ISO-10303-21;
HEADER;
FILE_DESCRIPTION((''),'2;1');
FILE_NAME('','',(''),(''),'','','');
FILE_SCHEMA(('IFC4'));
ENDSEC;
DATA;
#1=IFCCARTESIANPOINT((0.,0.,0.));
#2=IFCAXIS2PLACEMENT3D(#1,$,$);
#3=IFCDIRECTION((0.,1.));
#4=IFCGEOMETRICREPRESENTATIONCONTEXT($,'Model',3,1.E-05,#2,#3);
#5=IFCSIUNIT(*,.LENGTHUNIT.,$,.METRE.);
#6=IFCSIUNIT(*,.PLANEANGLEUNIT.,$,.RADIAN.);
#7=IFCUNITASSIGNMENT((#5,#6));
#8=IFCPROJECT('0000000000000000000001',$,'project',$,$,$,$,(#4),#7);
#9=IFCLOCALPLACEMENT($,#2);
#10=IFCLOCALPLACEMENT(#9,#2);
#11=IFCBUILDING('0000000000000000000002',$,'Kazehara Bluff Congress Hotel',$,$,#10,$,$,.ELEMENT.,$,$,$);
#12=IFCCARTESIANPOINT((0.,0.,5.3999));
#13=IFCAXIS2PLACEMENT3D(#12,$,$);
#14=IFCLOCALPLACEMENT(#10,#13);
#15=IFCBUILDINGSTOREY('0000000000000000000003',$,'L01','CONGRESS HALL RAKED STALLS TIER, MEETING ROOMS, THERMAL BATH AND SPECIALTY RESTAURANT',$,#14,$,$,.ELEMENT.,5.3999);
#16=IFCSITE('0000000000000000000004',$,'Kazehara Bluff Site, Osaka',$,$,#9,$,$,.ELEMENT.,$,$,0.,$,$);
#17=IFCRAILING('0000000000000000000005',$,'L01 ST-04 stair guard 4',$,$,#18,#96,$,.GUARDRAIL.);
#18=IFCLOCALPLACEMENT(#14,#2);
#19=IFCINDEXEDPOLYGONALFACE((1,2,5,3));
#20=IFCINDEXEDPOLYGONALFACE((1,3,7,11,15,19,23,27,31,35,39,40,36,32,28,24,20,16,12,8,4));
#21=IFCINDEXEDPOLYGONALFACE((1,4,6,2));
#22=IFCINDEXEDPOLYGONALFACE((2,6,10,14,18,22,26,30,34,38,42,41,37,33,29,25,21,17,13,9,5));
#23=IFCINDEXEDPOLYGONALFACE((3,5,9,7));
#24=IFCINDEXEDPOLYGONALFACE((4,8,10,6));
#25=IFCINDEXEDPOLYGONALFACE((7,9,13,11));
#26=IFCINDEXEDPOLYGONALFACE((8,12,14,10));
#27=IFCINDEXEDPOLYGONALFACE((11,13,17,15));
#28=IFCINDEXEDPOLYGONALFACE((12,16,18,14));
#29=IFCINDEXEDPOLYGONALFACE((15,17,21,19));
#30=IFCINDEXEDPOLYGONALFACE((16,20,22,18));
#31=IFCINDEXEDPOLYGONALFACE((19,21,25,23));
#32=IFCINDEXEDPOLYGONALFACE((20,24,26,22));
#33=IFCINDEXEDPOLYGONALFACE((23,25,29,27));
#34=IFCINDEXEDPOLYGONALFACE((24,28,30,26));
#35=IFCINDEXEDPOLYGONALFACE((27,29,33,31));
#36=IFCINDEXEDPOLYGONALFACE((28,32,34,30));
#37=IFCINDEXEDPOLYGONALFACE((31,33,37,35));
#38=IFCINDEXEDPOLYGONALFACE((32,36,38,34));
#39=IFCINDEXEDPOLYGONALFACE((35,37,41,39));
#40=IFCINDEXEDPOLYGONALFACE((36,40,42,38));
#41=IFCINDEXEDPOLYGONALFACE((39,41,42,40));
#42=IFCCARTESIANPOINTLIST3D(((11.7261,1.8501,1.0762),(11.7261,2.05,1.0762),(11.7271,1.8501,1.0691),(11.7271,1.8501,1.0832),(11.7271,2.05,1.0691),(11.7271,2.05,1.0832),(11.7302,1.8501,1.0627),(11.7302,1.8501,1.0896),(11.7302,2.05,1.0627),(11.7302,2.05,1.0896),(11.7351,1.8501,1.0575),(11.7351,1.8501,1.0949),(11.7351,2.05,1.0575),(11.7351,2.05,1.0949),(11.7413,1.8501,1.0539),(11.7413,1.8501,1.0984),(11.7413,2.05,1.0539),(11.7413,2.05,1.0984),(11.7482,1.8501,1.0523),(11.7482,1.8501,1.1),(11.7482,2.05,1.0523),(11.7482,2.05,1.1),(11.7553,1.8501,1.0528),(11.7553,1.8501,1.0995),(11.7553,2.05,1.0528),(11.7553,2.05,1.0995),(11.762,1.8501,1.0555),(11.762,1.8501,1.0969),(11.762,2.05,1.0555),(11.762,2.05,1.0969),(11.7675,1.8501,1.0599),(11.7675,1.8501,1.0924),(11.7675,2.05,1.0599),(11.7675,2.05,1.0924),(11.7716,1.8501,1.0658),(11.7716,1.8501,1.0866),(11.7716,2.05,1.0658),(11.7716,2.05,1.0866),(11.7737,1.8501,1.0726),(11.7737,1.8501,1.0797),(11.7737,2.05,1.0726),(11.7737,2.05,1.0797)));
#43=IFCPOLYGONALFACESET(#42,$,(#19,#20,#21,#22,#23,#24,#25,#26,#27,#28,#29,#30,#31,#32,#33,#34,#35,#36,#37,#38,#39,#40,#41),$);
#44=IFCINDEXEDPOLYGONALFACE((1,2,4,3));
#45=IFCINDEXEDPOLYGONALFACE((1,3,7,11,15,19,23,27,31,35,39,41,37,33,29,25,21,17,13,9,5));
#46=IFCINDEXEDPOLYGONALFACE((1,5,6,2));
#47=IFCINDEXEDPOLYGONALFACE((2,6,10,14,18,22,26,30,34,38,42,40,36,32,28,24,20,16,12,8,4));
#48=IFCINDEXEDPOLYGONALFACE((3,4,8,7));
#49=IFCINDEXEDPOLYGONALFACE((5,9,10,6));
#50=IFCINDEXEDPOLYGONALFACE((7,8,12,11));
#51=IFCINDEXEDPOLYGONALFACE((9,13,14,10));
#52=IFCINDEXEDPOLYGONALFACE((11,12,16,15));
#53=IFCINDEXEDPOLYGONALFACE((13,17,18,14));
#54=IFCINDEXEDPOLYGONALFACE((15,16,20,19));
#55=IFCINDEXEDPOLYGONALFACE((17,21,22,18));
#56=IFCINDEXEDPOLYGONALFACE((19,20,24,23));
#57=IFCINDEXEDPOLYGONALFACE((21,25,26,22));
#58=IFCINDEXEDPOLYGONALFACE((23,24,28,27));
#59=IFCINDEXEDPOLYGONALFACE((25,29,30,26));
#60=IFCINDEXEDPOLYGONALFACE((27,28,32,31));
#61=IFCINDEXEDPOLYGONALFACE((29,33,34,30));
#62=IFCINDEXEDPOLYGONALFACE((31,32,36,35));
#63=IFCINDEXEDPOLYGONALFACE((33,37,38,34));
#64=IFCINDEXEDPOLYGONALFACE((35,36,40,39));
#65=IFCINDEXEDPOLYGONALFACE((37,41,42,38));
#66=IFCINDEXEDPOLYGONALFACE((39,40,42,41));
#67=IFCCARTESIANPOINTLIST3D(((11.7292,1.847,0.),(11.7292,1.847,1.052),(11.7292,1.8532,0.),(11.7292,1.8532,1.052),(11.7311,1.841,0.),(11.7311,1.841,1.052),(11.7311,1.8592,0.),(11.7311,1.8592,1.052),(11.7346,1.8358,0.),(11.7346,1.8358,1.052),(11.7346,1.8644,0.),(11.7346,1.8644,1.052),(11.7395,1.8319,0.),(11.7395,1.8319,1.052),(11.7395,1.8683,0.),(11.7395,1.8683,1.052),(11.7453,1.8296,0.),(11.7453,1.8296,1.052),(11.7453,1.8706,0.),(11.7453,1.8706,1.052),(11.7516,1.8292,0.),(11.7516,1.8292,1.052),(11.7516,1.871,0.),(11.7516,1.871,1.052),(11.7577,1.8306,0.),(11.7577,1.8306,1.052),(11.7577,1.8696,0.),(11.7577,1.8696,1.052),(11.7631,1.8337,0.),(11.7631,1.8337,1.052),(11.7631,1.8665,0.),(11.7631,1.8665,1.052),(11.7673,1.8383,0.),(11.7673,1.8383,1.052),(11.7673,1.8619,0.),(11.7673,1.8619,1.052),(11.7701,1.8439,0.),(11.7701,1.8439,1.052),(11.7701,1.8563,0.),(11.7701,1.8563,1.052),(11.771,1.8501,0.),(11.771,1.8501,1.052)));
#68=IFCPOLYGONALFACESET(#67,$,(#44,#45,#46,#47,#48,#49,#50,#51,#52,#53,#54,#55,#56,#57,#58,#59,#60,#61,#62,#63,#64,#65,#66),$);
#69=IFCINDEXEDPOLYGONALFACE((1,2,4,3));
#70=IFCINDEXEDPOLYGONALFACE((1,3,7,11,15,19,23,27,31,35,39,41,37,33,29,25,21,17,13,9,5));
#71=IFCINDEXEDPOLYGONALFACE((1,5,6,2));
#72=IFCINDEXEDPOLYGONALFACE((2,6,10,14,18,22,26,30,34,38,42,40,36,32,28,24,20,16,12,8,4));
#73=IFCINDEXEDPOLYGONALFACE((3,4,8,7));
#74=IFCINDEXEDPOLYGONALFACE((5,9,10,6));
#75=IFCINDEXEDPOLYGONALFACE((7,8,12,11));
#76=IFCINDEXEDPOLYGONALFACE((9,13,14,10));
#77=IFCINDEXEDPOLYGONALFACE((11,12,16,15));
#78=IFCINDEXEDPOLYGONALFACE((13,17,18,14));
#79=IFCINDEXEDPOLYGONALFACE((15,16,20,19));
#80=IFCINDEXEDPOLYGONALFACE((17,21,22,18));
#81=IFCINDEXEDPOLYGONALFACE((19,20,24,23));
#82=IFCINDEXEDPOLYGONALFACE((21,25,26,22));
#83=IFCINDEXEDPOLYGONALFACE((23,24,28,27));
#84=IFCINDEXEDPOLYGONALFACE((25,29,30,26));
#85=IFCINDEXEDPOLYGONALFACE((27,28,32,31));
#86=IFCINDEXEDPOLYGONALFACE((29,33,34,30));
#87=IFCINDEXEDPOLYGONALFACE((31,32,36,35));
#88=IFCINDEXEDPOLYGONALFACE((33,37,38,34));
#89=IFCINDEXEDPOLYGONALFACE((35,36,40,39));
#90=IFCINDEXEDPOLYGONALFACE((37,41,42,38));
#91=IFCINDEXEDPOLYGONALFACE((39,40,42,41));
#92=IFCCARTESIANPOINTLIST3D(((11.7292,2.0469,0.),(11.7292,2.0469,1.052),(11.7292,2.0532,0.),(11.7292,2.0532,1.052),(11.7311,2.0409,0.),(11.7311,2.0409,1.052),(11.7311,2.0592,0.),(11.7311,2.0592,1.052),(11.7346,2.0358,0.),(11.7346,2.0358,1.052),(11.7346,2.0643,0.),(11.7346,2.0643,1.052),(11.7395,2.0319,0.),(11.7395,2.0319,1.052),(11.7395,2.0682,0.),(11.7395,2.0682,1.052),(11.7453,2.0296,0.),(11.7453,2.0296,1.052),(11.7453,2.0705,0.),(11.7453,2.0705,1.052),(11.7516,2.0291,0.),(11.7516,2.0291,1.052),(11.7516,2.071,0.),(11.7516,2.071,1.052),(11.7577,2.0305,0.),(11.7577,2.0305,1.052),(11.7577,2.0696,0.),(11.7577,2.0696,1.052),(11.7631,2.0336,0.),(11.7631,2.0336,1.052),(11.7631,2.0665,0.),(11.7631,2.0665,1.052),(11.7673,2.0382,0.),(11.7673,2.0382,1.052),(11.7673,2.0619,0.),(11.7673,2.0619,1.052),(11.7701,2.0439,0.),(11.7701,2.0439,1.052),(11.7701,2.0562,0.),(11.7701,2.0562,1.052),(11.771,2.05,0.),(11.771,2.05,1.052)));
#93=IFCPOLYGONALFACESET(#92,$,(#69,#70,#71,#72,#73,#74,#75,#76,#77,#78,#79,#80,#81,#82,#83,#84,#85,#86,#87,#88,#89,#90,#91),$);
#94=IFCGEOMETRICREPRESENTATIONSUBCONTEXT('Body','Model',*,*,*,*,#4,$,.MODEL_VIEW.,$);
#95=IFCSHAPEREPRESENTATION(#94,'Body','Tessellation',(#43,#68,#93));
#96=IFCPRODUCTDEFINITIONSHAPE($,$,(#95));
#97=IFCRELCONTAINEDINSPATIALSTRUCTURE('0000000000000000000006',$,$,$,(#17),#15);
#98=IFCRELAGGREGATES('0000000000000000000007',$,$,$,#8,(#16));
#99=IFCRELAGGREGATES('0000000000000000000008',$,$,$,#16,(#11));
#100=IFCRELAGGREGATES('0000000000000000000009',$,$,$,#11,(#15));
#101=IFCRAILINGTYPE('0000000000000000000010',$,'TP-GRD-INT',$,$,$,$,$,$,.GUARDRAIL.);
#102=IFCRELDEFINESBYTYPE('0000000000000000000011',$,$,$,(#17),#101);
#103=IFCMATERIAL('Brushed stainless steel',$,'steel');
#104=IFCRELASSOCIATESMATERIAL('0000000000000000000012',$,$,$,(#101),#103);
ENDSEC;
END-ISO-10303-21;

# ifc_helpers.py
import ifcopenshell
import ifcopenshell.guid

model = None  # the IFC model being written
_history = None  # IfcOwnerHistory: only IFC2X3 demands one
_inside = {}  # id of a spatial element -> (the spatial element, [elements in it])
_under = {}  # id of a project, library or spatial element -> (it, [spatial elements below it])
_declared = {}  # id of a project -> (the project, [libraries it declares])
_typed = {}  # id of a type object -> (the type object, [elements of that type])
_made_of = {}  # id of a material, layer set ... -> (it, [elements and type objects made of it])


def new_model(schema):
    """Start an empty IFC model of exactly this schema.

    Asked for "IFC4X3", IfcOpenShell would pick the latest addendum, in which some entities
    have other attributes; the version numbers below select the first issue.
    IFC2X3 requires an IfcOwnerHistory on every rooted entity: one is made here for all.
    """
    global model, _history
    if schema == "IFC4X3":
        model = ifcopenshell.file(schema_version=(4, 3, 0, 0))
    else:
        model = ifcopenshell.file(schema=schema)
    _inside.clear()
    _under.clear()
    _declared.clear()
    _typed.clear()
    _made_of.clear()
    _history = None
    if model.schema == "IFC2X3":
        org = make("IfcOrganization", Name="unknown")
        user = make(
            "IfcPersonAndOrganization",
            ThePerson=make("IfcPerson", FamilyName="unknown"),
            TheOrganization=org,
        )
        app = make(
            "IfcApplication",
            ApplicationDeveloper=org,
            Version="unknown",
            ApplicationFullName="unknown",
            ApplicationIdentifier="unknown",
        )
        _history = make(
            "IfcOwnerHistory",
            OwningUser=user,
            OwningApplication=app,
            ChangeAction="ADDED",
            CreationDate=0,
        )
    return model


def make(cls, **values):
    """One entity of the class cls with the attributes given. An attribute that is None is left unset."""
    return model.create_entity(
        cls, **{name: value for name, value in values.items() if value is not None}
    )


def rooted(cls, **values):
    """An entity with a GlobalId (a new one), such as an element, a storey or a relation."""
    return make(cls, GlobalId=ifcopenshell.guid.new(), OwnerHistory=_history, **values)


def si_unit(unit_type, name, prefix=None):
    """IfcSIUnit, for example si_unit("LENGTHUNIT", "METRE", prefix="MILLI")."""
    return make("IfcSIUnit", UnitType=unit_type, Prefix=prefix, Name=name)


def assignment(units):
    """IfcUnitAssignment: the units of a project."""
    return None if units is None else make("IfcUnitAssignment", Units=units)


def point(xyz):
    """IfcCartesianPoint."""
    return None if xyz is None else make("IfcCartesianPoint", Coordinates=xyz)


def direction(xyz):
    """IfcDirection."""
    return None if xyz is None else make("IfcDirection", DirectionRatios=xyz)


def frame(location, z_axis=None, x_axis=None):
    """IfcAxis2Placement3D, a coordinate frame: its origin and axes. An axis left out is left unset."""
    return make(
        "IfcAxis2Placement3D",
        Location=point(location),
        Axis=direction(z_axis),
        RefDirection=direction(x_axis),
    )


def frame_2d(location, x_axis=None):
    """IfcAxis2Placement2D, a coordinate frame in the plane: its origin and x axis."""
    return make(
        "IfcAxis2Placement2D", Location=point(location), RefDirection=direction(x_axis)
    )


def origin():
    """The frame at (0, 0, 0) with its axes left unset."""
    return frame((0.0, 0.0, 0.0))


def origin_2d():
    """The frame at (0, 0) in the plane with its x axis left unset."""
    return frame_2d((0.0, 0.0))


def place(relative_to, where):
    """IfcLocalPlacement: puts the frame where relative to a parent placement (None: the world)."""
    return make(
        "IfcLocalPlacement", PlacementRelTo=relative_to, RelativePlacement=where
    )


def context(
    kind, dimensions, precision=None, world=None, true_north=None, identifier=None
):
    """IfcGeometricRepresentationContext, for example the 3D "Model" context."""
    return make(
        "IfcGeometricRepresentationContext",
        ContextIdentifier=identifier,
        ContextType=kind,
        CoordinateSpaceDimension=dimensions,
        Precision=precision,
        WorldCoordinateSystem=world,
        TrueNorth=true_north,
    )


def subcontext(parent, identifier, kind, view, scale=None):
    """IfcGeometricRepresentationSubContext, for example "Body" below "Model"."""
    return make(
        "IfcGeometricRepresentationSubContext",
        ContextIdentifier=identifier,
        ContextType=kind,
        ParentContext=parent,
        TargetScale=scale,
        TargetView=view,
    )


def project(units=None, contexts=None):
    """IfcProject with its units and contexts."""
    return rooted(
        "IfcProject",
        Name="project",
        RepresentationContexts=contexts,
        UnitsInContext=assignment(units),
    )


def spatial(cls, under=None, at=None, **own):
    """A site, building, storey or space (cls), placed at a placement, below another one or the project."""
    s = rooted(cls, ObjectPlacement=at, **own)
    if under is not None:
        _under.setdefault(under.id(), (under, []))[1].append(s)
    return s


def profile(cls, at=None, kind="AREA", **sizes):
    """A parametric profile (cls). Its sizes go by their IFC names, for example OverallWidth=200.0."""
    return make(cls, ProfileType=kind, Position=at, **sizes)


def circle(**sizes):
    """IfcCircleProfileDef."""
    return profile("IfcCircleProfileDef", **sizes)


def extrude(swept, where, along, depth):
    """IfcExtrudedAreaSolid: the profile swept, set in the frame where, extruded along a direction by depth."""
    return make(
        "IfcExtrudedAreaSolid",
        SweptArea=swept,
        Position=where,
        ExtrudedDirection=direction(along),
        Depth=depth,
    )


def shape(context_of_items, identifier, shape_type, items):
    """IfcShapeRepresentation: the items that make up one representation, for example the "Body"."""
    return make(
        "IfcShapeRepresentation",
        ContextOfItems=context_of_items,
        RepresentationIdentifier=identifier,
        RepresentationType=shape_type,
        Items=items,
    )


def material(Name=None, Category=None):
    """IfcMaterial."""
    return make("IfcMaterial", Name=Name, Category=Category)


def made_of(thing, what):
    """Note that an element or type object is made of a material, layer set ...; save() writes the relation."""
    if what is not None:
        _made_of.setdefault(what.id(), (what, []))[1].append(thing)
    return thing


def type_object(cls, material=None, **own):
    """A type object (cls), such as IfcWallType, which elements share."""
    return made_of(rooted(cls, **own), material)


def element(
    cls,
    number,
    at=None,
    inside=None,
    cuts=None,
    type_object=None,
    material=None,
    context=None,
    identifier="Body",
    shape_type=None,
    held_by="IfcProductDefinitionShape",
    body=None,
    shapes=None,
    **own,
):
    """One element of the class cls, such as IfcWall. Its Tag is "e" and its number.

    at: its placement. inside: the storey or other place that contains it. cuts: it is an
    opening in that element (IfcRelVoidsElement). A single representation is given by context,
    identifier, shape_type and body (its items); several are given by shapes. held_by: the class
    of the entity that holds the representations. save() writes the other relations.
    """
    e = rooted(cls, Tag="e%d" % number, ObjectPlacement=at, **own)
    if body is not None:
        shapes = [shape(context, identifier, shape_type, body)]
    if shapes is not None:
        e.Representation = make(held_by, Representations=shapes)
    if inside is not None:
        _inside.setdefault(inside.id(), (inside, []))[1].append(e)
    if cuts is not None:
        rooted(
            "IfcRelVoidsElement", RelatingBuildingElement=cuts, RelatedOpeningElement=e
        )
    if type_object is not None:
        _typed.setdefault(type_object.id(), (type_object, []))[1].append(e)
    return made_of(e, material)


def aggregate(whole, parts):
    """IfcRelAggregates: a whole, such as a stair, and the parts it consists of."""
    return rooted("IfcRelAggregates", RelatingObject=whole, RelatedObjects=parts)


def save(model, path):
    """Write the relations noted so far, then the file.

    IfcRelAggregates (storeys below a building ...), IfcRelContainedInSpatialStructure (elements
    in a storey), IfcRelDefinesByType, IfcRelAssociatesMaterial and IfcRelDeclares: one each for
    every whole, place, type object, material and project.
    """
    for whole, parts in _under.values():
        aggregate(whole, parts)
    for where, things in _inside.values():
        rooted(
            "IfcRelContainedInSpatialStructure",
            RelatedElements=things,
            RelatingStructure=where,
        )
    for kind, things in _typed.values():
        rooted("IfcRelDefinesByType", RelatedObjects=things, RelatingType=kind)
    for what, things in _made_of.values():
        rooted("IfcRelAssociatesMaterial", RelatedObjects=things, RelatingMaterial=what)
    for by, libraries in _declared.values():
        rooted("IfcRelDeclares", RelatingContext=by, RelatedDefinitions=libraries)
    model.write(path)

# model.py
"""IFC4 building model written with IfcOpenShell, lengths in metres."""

from ifc_helpers import new_model, si_unit, direction, frame, origin, origin_2d, place, context, subcontext, project, spatial, circle, extrude, material, type_object, element, save


model = new_model("IFC4")

# Units and contexts
model_context = context("Model", 3, precision=1e-05, world=origin(), true_north=direction((0.0, 1.0)))
body_context = subcontext(model_context, "Body", "Model", "MODEL_VIEW")
ifc_project = project(units=[si_unit("LENGTHUNIT", "METRE"), si_unit("PLANEANGLEUNIT", "RADIAN")], contexts=[model_context])

# Site, building, storey
site_placement = place(None, origin())
site = spatial("IfcSite", under=ifc_project, at=site_placement, Name="Kazehara Bluff Site, Osaka", CompositionType="ELEMENT", RefElevation=0.0)
building_placement = place(site_placement, origin())
building = spatial("IfcBuilding", under=site, at=building_placement, Name="Kazehara Bluff Congress Hotel", CompositionType="ELEMENT")
storey_placement = place(building_placement, frame((0.0, 0.0, 5.3999)))
storey = spatial("IfcBuildingStorey", under=building, at=storey_placement, Name="L01", Description="CONGRESS HALL RAKED STALLS TIER, MEETING ROOMS, THERMAL BATH AND SPECIALTY RESTAURANT", CompositionType="ELEMENT", Elevation=5.3999)

# Railing
ifc_material_1 = material(Name="Brushed stainless steel", Category="steel")
railing_type_1 = type_object("IfcRailingType", Name="TP-GRD-INT", PredefinedType="GUARDRAIL", material=ifc_material_1)
railing_1_placement = place(storey_placement, frame((11.75, 1.8501, 0.0)))
element("IfcRailing", 1, at=railing_1_placement, inside=storey, type_object=railing_type_1, Name="L01 ST-04 stair guard 4", PredefinedType="GUARDRAIL", context=body_context, shape_type="SweptSolid", body=[
    extrude(circle(Radius=0.0239, at=origin_2d()), frame((0.0, 0.0, 1.0762), z_axis=(0.0, 1.0, 0.0), x_axis=(-1.0, 0.0, 0.0)), (0.0, 0.0, 1.0), 0.2),
    extrude(circle(Radius=0.021, at=origin_2d()), origin(), (0.0, 0.0, 1.0), 1.052),
    extrude(circle(Radius=0.021, at=origin_2d()), frame((0.0, 0.2, 0.0)), (0.0, 0.0, 1.0), 1.052),
])

save(model, "model.ifc")
